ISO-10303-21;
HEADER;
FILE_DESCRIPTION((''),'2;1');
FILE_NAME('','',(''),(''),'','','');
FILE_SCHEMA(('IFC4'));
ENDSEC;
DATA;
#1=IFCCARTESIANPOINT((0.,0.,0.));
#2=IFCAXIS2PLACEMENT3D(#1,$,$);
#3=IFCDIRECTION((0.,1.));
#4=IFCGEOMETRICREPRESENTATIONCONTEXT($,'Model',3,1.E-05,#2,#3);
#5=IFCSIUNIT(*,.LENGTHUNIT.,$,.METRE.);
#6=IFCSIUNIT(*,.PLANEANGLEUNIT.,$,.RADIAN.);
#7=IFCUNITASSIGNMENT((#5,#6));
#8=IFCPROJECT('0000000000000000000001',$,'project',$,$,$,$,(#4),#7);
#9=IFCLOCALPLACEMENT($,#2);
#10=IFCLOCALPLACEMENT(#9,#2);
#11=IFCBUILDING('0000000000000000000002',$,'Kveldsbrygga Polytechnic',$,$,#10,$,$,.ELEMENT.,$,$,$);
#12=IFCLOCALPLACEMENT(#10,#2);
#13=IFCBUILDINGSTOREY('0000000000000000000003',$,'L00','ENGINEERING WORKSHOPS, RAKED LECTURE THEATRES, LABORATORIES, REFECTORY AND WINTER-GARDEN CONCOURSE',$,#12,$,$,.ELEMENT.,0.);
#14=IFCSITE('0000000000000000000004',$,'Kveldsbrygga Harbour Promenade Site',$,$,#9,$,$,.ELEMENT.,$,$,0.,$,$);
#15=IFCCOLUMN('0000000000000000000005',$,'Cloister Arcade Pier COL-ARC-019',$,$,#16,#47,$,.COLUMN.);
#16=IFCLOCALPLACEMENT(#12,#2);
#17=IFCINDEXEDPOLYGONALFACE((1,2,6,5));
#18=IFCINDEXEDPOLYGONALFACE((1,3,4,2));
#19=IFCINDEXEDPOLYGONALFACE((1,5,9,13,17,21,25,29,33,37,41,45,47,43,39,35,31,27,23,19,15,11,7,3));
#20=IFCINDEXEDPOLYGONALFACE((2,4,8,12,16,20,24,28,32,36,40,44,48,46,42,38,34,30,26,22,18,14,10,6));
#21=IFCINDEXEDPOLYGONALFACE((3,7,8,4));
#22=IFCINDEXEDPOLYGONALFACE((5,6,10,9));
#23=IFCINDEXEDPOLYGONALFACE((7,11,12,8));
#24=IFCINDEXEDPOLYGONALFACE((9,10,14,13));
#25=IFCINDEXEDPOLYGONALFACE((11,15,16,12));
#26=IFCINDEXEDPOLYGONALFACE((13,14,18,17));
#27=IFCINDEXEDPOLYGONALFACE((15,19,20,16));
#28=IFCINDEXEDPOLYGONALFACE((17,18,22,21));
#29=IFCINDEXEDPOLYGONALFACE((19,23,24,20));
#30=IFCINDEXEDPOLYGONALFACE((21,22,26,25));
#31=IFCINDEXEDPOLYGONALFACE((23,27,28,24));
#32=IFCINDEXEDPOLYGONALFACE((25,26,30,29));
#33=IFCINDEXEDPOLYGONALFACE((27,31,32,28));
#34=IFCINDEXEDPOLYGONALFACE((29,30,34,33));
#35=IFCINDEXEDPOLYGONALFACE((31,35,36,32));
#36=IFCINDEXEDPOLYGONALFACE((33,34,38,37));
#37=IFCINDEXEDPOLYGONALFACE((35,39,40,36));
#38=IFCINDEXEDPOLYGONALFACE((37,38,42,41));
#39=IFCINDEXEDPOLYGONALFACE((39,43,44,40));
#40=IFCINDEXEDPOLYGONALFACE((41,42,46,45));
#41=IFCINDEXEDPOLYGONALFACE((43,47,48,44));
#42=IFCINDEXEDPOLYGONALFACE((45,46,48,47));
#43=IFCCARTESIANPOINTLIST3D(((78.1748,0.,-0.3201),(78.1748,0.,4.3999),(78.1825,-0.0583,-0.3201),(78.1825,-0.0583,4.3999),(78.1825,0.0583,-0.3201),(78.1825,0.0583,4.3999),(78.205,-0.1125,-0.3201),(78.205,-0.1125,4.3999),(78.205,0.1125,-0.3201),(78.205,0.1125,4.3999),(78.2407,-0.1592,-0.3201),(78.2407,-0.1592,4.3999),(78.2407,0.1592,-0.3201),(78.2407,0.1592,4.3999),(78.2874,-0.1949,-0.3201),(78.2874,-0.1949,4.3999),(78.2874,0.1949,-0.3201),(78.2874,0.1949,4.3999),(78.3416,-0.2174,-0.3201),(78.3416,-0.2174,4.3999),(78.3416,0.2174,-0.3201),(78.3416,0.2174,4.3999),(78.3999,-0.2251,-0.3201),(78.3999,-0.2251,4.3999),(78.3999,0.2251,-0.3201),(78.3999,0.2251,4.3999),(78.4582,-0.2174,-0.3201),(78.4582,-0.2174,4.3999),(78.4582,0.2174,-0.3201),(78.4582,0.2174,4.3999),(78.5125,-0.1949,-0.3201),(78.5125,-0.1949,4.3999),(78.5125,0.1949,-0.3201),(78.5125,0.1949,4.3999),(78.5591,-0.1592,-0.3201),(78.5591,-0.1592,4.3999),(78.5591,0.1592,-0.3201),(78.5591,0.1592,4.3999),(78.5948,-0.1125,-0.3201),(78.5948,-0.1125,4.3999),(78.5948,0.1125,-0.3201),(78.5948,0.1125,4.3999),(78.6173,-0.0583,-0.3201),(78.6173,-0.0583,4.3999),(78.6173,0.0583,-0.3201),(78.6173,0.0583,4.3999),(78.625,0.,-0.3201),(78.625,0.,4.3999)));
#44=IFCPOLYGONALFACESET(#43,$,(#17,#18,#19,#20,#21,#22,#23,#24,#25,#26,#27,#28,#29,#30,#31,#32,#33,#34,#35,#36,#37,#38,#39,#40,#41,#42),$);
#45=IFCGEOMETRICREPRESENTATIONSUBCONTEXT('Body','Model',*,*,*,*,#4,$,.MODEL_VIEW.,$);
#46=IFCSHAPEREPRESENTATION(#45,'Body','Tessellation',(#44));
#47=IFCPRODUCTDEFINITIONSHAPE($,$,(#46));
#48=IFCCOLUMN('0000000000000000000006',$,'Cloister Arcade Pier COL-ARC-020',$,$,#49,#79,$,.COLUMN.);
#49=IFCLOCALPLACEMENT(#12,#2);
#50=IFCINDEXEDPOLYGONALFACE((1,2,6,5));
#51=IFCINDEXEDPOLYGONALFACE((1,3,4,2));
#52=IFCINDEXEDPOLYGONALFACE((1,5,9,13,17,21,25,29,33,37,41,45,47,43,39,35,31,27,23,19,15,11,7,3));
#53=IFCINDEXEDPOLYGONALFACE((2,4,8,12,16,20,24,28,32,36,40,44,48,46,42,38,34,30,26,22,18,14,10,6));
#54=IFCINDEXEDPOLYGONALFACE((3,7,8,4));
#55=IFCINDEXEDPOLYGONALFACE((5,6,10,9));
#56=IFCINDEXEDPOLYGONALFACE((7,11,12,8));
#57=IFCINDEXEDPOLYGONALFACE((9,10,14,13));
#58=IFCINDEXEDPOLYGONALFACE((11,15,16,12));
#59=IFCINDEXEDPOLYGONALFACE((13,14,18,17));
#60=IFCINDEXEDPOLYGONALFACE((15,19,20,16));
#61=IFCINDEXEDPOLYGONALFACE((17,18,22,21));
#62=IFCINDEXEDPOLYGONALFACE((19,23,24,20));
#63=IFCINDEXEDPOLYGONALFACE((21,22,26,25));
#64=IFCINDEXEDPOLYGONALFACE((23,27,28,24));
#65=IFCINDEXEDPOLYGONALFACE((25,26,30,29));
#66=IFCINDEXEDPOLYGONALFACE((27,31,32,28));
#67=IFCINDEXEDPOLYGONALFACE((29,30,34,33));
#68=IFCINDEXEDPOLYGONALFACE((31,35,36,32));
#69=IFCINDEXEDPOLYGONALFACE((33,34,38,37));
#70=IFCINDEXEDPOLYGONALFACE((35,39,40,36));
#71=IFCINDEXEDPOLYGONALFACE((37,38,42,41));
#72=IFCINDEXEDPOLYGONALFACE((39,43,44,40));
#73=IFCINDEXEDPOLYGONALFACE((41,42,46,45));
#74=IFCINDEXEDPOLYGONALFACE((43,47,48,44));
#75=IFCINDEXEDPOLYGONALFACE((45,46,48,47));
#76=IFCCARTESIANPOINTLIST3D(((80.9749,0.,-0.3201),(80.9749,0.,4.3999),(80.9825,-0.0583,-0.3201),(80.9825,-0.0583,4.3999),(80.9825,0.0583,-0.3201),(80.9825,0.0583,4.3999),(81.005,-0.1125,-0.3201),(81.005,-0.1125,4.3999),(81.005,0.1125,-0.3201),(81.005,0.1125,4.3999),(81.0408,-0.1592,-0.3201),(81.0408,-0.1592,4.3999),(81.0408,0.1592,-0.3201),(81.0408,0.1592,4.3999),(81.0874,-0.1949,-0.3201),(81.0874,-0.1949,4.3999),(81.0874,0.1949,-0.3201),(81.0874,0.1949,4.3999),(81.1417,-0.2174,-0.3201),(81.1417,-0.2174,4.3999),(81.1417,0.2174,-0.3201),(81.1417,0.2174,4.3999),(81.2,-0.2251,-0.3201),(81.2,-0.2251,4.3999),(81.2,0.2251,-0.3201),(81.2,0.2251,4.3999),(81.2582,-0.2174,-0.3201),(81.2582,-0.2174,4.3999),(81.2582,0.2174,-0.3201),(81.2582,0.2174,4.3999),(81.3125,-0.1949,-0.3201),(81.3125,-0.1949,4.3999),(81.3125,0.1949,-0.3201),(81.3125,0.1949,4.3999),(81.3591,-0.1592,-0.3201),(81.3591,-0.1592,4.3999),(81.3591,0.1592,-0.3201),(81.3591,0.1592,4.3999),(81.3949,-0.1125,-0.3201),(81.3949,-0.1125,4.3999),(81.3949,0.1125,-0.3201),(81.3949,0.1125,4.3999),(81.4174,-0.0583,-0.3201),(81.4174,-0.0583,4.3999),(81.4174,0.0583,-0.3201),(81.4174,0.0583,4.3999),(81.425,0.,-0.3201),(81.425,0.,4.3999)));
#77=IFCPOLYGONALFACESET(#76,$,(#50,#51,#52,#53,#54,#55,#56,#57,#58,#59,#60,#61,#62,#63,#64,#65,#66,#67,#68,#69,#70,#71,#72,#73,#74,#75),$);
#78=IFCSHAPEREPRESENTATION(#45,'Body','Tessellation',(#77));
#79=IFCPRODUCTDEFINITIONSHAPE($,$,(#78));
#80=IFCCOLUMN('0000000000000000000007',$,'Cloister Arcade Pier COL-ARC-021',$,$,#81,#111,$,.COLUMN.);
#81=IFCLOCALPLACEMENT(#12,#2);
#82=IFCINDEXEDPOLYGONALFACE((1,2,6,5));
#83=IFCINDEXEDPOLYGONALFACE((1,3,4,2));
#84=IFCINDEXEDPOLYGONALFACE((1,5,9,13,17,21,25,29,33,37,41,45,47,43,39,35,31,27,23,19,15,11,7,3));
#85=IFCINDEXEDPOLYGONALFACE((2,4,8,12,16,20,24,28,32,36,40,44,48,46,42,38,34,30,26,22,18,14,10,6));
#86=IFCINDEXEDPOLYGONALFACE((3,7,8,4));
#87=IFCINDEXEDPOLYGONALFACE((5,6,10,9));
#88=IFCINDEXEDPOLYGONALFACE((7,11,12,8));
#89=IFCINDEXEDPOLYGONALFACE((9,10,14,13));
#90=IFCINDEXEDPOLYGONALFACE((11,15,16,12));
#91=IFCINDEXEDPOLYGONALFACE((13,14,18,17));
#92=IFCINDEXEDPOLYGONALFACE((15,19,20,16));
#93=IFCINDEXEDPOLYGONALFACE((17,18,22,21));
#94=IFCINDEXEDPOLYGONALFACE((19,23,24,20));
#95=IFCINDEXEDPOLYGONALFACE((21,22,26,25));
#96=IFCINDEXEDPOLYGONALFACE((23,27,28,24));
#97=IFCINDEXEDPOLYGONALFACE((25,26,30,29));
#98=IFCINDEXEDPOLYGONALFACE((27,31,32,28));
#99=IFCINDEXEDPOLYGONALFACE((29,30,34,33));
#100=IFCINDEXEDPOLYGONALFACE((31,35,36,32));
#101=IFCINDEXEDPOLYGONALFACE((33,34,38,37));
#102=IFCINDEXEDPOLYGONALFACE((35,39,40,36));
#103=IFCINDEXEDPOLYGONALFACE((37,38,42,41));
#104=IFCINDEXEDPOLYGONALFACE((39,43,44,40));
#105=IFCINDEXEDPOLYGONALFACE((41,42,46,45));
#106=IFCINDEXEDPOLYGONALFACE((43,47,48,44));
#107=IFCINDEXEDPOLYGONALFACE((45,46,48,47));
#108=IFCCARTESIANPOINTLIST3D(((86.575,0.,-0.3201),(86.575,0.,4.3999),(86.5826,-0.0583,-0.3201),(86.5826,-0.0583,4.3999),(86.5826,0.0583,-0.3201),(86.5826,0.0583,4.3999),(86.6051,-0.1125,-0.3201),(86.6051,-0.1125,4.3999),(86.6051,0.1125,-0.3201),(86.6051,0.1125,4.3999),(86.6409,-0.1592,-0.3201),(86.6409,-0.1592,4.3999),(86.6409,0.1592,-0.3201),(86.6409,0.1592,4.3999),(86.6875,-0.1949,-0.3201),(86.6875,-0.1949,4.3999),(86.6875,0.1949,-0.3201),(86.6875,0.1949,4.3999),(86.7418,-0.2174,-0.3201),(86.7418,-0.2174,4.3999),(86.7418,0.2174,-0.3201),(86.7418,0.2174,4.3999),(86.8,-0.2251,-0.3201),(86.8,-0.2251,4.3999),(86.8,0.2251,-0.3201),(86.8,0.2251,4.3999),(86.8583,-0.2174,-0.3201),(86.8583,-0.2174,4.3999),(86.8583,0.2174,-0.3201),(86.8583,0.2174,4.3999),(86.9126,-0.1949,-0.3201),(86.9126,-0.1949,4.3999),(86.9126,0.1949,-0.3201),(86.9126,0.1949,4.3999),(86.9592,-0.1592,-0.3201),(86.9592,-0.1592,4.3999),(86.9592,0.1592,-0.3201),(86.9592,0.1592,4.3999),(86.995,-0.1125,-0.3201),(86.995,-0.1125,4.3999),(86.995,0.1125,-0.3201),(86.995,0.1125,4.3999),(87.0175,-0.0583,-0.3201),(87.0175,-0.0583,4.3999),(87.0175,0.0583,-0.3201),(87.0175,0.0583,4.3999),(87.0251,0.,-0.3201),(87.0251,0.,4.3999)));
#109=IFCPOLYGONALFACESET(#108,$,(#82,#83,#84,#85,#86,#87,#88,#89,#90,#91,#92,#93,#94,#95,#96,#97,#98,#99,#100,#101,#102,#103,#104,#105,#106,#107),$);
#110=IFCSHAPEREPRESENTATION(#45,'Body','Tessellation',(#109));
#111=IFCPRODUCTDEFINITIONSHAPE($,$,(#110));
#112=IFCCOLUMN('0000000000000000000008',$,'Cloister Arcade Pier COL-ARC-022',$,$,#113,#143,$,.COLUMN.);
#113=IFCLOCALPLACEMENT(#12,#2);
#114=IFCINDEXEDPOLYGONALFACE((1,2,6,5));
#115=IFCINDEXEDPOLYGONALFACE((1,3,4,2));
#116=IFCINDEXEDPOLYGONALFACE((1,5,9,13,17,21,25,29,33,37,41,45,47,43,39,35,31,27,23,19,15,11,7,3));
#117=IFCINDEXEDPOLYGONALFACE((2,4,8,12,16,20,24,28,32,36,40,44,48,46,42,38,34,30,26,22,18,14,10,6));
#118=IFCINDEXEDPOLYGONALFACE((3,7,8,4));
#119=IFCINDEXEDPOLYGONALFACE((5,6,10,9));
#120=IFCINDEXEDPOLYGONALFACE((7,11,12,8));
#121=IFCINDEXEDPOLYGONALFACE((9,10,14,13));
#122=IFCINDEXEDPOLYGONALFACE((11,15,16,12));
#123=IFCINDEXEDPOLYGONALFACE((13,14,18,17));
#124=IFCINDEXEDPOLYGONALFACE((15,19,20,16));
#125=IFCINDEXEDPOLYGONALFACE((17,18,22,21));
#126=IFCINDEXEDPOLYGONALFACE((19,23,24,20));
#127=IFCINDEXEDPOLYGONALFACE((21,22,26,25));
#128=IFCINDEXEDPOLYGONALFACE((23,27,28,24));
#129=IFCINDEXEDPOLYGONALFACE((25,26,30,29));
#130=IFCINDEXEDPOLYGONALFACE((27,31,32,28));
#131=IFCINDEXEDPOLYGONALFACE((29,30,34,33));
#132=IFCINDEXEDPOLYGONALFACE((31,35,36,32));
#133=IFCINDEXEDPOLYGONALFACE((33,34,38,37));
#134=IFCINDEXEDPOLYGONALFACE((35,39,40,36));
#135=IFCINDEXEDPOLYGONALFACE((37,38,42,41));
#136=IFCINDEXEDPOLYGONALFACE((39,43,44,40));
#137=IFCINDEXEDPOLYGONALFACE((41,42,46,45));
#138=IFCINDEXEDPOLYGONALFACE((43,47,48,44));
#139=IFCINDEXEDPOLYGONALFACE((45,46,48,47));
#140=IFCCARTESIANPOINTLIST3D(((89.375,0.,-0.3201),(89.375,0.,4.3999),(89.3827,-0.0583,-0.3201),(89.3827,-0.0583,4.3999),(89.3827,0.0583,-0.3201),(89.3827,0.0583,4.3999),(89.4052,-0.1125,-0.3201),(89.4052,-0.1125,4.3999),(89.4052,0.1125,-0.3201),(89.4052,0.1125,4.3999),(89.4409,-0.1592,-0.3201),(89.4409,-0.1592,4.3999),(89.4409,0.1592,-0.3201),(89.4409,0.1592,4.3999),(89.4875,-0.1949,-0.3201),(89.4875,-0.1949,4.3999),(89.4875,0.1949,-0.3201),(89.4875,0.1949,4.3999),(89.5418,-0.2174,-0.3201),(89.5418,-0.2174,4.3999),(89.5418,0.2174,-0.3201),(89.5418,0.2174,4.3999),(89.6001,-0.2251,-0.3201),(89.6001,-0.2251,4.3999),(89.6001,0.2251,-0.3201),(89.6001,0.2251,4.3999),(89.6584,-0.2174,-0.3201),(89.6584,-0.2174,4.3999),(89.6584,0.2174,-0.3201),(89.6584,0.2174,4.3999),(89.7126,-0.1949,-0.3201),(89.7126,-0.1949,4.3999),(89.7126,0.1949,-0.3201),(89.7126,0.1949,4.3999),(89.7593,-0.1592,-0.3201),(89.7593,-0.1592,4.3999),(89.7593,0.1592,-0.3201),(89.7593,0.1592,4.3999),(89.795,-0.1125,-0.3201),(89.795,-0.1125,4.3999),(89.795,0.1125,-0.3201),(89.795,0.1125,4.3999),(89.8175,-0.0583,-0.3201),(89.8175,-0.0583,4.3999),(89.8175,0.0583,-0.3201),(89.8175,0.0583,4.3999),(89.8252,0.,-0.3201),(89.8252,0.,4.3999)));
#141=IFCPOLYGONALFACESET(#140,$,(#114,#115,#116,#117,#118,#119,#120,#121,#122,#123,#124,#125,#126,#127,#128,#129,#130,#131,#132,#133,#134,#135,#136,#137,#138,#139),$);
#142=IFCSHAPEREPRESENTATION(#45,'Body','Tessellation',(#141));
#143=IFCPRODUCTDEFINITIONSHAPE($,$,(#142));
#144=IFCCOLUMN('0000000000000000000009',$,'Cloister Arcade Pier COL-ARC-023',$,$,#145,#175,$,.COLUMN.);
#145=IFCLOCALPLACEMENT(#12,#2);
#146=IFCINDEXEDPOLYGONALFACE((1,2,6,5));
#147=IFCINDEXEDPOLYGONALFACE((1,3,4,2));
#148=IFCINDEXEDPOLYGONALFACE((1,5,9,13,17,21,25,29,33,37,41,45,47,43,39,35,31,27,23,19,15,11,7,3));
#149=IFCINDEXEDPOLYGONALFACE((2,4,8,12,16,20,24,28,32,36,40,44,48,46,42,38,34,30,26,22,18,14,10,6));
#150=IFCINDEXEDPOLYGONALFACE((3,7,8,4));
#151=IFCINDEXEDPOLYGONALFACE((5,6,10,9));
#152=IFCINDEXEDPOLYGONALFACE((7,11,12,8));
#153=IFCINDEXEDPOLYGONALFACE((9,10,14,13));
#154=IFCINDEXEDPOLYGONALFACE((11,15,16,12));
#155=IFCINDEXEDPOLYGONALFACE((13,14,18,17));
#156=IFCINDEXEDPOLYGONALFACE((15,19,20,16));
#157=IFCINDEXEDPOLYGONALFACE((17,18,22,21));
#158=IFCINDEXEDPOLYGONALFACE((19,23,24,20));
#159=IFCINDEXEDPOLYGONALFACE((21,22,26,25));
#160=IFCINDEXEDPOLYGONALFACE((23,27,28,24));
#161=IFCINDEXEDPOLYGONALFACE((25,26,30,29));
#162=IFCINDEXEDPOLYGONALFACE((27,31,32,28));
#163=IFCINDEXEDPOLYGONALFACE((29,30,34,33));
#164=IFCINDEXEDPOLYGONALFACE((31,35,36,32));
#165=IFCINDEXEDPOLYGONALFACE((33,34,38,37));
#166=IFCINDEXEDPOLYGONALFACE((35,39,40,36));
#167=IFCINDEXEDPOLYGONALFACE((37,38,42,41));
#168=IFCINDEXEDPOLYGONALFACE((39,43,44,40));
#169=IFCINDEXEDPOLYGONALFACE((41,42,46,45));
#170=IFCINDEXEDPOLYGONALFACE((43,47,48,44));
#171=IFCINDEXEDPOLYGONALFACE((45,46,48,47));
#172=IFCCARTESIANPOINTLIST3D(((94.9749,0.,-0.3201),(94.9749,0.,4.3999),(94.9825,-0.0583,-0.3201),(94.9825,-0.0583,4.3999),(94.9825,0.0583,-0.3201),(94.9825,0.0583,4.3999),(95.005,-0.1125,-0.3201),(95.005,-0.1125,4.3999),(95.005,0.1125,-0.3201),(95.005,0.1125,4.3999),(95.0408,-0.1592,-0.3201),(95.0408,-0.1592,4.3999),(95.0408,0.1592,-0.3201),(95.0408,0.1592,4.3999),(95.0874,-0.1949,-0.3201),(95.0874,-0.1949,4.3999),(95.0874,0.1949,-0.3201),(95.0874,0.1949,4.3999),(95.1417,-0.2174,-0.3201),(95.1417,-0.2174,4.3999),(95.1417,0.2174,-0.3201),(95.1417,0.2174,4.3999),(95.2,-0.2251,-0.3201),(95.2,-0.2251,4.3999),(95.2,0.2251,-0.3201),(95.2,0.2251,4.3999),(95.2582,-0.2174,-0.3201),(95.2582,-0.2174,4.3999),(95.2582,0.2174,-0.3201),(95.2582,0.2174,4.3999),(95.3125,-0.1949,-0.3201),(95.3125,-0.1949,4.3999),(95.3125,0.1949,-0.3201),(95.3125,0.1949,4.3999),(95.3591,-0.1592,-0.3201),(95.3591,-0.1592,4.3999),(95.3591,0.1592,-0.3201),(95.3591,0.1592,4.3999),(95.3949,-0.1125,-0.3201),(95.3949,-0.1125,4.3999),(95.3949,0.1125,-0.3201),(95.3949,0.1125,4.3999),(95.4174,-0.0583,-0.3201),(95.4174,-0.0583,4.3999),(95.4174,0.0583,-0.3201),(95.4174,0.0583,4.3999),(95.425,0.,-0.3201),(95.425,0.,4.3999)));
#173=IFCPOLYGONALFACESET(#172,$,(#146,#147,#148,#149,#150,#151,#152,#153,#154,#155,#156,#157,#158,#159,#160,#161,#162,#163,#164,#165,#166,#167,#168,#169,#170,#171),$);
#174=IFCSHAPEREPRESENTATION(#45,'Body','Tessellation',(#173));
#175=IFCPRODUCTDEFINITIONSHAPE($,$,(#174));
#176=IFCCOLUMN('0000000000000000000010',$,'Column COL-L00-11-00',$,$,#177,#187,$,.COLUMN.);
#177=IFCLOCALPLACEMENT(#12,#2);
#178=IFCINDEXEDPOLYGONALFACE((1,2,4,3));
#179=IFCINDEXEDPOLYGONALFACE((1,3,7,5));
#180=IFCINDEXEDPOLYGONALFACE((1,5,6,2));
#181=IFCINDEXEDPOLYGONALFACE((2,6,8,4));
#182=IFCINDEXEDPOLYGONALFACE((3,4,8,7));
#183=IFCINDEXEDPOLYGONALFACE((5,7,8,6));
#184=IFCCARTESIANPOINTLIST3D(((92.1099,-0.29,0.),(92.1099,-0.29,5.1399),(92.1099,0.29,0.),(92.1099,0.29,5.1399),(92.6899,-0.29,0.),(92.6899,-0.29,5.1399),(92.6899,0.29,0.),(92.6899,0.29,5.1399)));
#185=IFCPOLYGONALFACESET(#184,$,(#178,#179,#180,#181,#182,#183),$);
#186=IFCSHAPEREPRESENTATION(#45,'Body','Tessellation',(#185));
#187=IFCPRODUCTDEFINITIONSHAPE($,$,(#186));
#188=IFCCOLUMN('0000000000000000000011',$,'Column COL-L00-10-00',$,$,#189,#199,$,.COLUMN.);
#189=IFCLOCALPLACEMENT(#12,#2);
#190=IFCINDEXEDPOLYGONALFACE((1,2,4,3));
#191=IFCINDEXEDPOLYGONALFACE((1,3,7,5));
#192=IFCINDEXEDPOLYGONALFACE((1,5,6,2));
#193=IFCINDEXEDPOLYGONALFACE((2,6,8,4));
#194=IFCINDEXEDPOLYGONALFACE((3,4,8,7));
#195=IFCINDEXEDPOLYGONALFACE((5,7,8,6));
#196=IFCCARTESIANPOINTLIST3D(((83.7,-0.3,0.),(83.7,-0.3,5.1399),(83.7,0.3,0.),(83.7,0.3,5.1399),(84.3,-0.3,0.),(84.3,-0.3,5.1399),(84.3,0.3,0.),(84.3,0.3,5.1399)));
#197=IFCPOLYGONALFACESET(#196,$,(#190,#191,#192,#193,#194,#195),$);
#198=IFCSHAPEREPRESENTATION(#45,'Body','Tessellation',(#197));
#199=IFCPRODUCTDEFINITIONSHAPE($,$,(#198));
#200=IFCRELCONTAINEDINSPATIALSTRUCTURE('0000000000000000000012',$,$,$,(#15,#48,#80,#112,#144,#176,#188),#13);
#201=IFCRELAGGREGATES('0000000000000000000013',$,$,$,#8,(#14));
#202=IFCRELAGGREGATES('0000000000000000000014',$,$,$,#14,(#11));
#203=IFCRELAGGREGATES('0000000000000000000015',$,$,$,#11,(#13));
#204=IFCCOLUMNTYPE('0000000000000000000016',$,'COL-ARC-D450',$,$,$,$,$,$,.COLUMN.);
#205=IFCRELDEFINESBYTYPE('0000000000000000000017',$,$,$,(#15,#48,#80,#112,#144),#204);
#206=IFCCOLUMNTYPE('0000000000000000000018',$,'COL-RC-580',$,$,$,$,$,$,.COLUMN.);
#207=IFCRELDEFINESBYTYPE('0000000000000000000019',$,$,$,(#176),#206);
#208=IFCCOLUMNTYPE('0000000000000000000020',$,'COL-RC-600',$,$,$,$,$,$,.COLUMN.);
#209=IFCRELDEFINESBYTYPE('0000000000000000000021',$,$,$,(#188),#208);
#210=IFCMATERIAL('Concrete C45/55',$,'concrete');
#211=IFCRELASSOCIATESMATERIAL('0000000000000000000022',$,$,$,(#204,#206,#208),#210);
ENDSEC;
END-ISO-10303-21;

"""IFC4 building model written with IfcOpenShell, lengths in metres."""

from ifc_helpers import new_model, si_unit, direction, frame, origin, origin_2d, place, context, subcontext, project, spatial, rectangle, circle, extrude, material, material_profile, profile_set, type_object, element, save


model = new_model("IFC4")

# Units and contexts
model_context = context("Model", 3, precision=1e-05, world=origin(), true_north=direction((0.0, 1.0)))
body_context = subcontext(model_context, "Body", "Model", "MODEL_VIEW")
ifc_project = project(units=[si_unit("LENGTHUNIT", "METRE"), si_unit("PLANEANGLEUNIT", "RADIAN")], contexts=[model_context])

# Site, building, storey
site_placement = place(None, origin())
site = spatial("IfcSite", under=ifc_project, at=site_placement, Name="Kveldsbrygga Harbour Promenade Site", CompositionType="ELEMENT", RefElevation=0.0)
building_placement = place(site_placement, origin())
building = spatial("IfcBuilding", under=site, at=building_placement, Name="Kveldsbrygga Polytechnic", CompositionType="ELEMENT")
storey_placement = place(building_placement, origin())
storey = spatial("IfcBuildingStorey", under=building, at=storey_placement, Name="L00", Description="ENGINEERING WORKSHOPS, RAKED LECTURE THEATRES, LABORATORIES, REFECTORY AND WINTER-GARDEN CONCOURSE", CompositionType="ELEMENT", Elevation=0.0)

# Shared definitions
ifc_material_1 = material(Name="Concrete C45/55", Category="concrete")

# Columns
ifc_material_profile_1 = material_profile(ifc_material_1, circle(Radius=0.2251, at=origin_2d()), Name="RC D450")
ifc_profile_set_1 = profile_set([ifc_material_profile_1], Name="Concrete C45/55")
column_type_1 = type_object("IfcColumnType", Name="COL-ARC-D450", PredefinedType="COLUMN", material=ifc_profile_set_1)
for number, where, z_axis, x_axis, name in (
    (1, (78.3999, 0.0, -0.3201), (0.0, 0.0, 1.0), (1.0, 0.0, 0.0), "Cloister Arcade Pier COL-ARC-019"),
    (2, (81.2, 0.0, -0.3201), (0.0, 0.0, 1.0), (1.0, 0.0, 0.0), "Cloister Arcade Pier COL-ARC-020"),
    (3, (86.8, 0.0, -0.3201), (0.0, 0.0, 1.0), (1.0, 0.0, 0.0), "Cloister Arcade Pier COL-ARC-021"),
    (4, (89.6001, 0.0, -0.3201), (0.0, 0.0, 1.0), (1.0, 0.0, 0.0), "Cloister Arcade Pier COL-ARC-022"),
    (5, (95.2, 0.0, -0.3201), (0.0, 0.0, 1.0), (1.0, 0.0, 0.0), "Cloister Arcade Pier COL-ARC-023"),
):
    element("IfcColumn", number, at=place(storey_placement, frame(where, z_axis=z_axis, x_axis=x_axis)), inside=storey, type_object=column_type_1, Name=name, PredefinedType="COLUMN", context=body_context, shape_type="SweptSolid", body=[
        extrude(circle(Radius=0.2251, at=origin_2d()), origin(), (0.0, 0.0, 1.0), 4.72),
    ])
ifc_material_profile_2 = material_profile(ifc_material_1, rectangle(XDim=0.5801, YDim=0.5801, at=origin_2d()), Name="RC 580x580")
ifc_profile_set_2 = profile_set([ifc_material_profile_2], Name="Concrete C45/55")
column_type_2 = type_object("IfcColumnType", Name="COL-RC-580", PredefinedType="COLUMN", material=ifc_profile_set_2)
column_1_placement = place(storey_placement, frame((92.3999, 0.0, 0.0), z_axis=(0.0, 0.0, 1.0), x_axis=(1.0, 0.0, 0.0)))
element("IfcColumn", 6, at=column_1_placement, inside=storey, type_object=column_type_2, Name="Column COL-L00-11-00", PredefinedType="COLUMN", context=body_context, shape_type="SweptSolid", body=[
    extrude(rectangle(XDim=0.5801, YDim=0.5801, at=origin_2d()), origin(), (0.0, 0.0, 1.0), 5.1399),
])
ifc_material_profile_3 = material_profile(ifc_material_1, rectangle(XDim=0.6001, YDim=0.6001, at=origin_2d()), Name="RC 600x600")
ifc_profile_set_3 = profile_set([ifc_material_profile_3], Name="Concrete C45/55")
column_type_3 = type_object("IfcColumnType", Name="COL-RC-600", PredefinedType="COLUMN", material=ifc_profile_set_3)
column_2_placement = place(storey_placement, frame((84.0, 0.0, 0.0), z_axis=(0.0, 0.0, 1.0), x_axis=(1.0, 0.0, 0.0)))
element("IfcColumn", 7, at=column_2_placement, inside=storey, type_object=column_type_3, Name="Column COL-L00-10-00", PredefinedType="COLUMN", context=body_context, shape_type="SweptSolid", body=[
    extrude(rectangle(XDim=0.6001, YDim=0.6001, at=origin_2d()), origin(), (0.0, 0.0, 1.0), 5.1399),
])

save(model, "model.ifc")
